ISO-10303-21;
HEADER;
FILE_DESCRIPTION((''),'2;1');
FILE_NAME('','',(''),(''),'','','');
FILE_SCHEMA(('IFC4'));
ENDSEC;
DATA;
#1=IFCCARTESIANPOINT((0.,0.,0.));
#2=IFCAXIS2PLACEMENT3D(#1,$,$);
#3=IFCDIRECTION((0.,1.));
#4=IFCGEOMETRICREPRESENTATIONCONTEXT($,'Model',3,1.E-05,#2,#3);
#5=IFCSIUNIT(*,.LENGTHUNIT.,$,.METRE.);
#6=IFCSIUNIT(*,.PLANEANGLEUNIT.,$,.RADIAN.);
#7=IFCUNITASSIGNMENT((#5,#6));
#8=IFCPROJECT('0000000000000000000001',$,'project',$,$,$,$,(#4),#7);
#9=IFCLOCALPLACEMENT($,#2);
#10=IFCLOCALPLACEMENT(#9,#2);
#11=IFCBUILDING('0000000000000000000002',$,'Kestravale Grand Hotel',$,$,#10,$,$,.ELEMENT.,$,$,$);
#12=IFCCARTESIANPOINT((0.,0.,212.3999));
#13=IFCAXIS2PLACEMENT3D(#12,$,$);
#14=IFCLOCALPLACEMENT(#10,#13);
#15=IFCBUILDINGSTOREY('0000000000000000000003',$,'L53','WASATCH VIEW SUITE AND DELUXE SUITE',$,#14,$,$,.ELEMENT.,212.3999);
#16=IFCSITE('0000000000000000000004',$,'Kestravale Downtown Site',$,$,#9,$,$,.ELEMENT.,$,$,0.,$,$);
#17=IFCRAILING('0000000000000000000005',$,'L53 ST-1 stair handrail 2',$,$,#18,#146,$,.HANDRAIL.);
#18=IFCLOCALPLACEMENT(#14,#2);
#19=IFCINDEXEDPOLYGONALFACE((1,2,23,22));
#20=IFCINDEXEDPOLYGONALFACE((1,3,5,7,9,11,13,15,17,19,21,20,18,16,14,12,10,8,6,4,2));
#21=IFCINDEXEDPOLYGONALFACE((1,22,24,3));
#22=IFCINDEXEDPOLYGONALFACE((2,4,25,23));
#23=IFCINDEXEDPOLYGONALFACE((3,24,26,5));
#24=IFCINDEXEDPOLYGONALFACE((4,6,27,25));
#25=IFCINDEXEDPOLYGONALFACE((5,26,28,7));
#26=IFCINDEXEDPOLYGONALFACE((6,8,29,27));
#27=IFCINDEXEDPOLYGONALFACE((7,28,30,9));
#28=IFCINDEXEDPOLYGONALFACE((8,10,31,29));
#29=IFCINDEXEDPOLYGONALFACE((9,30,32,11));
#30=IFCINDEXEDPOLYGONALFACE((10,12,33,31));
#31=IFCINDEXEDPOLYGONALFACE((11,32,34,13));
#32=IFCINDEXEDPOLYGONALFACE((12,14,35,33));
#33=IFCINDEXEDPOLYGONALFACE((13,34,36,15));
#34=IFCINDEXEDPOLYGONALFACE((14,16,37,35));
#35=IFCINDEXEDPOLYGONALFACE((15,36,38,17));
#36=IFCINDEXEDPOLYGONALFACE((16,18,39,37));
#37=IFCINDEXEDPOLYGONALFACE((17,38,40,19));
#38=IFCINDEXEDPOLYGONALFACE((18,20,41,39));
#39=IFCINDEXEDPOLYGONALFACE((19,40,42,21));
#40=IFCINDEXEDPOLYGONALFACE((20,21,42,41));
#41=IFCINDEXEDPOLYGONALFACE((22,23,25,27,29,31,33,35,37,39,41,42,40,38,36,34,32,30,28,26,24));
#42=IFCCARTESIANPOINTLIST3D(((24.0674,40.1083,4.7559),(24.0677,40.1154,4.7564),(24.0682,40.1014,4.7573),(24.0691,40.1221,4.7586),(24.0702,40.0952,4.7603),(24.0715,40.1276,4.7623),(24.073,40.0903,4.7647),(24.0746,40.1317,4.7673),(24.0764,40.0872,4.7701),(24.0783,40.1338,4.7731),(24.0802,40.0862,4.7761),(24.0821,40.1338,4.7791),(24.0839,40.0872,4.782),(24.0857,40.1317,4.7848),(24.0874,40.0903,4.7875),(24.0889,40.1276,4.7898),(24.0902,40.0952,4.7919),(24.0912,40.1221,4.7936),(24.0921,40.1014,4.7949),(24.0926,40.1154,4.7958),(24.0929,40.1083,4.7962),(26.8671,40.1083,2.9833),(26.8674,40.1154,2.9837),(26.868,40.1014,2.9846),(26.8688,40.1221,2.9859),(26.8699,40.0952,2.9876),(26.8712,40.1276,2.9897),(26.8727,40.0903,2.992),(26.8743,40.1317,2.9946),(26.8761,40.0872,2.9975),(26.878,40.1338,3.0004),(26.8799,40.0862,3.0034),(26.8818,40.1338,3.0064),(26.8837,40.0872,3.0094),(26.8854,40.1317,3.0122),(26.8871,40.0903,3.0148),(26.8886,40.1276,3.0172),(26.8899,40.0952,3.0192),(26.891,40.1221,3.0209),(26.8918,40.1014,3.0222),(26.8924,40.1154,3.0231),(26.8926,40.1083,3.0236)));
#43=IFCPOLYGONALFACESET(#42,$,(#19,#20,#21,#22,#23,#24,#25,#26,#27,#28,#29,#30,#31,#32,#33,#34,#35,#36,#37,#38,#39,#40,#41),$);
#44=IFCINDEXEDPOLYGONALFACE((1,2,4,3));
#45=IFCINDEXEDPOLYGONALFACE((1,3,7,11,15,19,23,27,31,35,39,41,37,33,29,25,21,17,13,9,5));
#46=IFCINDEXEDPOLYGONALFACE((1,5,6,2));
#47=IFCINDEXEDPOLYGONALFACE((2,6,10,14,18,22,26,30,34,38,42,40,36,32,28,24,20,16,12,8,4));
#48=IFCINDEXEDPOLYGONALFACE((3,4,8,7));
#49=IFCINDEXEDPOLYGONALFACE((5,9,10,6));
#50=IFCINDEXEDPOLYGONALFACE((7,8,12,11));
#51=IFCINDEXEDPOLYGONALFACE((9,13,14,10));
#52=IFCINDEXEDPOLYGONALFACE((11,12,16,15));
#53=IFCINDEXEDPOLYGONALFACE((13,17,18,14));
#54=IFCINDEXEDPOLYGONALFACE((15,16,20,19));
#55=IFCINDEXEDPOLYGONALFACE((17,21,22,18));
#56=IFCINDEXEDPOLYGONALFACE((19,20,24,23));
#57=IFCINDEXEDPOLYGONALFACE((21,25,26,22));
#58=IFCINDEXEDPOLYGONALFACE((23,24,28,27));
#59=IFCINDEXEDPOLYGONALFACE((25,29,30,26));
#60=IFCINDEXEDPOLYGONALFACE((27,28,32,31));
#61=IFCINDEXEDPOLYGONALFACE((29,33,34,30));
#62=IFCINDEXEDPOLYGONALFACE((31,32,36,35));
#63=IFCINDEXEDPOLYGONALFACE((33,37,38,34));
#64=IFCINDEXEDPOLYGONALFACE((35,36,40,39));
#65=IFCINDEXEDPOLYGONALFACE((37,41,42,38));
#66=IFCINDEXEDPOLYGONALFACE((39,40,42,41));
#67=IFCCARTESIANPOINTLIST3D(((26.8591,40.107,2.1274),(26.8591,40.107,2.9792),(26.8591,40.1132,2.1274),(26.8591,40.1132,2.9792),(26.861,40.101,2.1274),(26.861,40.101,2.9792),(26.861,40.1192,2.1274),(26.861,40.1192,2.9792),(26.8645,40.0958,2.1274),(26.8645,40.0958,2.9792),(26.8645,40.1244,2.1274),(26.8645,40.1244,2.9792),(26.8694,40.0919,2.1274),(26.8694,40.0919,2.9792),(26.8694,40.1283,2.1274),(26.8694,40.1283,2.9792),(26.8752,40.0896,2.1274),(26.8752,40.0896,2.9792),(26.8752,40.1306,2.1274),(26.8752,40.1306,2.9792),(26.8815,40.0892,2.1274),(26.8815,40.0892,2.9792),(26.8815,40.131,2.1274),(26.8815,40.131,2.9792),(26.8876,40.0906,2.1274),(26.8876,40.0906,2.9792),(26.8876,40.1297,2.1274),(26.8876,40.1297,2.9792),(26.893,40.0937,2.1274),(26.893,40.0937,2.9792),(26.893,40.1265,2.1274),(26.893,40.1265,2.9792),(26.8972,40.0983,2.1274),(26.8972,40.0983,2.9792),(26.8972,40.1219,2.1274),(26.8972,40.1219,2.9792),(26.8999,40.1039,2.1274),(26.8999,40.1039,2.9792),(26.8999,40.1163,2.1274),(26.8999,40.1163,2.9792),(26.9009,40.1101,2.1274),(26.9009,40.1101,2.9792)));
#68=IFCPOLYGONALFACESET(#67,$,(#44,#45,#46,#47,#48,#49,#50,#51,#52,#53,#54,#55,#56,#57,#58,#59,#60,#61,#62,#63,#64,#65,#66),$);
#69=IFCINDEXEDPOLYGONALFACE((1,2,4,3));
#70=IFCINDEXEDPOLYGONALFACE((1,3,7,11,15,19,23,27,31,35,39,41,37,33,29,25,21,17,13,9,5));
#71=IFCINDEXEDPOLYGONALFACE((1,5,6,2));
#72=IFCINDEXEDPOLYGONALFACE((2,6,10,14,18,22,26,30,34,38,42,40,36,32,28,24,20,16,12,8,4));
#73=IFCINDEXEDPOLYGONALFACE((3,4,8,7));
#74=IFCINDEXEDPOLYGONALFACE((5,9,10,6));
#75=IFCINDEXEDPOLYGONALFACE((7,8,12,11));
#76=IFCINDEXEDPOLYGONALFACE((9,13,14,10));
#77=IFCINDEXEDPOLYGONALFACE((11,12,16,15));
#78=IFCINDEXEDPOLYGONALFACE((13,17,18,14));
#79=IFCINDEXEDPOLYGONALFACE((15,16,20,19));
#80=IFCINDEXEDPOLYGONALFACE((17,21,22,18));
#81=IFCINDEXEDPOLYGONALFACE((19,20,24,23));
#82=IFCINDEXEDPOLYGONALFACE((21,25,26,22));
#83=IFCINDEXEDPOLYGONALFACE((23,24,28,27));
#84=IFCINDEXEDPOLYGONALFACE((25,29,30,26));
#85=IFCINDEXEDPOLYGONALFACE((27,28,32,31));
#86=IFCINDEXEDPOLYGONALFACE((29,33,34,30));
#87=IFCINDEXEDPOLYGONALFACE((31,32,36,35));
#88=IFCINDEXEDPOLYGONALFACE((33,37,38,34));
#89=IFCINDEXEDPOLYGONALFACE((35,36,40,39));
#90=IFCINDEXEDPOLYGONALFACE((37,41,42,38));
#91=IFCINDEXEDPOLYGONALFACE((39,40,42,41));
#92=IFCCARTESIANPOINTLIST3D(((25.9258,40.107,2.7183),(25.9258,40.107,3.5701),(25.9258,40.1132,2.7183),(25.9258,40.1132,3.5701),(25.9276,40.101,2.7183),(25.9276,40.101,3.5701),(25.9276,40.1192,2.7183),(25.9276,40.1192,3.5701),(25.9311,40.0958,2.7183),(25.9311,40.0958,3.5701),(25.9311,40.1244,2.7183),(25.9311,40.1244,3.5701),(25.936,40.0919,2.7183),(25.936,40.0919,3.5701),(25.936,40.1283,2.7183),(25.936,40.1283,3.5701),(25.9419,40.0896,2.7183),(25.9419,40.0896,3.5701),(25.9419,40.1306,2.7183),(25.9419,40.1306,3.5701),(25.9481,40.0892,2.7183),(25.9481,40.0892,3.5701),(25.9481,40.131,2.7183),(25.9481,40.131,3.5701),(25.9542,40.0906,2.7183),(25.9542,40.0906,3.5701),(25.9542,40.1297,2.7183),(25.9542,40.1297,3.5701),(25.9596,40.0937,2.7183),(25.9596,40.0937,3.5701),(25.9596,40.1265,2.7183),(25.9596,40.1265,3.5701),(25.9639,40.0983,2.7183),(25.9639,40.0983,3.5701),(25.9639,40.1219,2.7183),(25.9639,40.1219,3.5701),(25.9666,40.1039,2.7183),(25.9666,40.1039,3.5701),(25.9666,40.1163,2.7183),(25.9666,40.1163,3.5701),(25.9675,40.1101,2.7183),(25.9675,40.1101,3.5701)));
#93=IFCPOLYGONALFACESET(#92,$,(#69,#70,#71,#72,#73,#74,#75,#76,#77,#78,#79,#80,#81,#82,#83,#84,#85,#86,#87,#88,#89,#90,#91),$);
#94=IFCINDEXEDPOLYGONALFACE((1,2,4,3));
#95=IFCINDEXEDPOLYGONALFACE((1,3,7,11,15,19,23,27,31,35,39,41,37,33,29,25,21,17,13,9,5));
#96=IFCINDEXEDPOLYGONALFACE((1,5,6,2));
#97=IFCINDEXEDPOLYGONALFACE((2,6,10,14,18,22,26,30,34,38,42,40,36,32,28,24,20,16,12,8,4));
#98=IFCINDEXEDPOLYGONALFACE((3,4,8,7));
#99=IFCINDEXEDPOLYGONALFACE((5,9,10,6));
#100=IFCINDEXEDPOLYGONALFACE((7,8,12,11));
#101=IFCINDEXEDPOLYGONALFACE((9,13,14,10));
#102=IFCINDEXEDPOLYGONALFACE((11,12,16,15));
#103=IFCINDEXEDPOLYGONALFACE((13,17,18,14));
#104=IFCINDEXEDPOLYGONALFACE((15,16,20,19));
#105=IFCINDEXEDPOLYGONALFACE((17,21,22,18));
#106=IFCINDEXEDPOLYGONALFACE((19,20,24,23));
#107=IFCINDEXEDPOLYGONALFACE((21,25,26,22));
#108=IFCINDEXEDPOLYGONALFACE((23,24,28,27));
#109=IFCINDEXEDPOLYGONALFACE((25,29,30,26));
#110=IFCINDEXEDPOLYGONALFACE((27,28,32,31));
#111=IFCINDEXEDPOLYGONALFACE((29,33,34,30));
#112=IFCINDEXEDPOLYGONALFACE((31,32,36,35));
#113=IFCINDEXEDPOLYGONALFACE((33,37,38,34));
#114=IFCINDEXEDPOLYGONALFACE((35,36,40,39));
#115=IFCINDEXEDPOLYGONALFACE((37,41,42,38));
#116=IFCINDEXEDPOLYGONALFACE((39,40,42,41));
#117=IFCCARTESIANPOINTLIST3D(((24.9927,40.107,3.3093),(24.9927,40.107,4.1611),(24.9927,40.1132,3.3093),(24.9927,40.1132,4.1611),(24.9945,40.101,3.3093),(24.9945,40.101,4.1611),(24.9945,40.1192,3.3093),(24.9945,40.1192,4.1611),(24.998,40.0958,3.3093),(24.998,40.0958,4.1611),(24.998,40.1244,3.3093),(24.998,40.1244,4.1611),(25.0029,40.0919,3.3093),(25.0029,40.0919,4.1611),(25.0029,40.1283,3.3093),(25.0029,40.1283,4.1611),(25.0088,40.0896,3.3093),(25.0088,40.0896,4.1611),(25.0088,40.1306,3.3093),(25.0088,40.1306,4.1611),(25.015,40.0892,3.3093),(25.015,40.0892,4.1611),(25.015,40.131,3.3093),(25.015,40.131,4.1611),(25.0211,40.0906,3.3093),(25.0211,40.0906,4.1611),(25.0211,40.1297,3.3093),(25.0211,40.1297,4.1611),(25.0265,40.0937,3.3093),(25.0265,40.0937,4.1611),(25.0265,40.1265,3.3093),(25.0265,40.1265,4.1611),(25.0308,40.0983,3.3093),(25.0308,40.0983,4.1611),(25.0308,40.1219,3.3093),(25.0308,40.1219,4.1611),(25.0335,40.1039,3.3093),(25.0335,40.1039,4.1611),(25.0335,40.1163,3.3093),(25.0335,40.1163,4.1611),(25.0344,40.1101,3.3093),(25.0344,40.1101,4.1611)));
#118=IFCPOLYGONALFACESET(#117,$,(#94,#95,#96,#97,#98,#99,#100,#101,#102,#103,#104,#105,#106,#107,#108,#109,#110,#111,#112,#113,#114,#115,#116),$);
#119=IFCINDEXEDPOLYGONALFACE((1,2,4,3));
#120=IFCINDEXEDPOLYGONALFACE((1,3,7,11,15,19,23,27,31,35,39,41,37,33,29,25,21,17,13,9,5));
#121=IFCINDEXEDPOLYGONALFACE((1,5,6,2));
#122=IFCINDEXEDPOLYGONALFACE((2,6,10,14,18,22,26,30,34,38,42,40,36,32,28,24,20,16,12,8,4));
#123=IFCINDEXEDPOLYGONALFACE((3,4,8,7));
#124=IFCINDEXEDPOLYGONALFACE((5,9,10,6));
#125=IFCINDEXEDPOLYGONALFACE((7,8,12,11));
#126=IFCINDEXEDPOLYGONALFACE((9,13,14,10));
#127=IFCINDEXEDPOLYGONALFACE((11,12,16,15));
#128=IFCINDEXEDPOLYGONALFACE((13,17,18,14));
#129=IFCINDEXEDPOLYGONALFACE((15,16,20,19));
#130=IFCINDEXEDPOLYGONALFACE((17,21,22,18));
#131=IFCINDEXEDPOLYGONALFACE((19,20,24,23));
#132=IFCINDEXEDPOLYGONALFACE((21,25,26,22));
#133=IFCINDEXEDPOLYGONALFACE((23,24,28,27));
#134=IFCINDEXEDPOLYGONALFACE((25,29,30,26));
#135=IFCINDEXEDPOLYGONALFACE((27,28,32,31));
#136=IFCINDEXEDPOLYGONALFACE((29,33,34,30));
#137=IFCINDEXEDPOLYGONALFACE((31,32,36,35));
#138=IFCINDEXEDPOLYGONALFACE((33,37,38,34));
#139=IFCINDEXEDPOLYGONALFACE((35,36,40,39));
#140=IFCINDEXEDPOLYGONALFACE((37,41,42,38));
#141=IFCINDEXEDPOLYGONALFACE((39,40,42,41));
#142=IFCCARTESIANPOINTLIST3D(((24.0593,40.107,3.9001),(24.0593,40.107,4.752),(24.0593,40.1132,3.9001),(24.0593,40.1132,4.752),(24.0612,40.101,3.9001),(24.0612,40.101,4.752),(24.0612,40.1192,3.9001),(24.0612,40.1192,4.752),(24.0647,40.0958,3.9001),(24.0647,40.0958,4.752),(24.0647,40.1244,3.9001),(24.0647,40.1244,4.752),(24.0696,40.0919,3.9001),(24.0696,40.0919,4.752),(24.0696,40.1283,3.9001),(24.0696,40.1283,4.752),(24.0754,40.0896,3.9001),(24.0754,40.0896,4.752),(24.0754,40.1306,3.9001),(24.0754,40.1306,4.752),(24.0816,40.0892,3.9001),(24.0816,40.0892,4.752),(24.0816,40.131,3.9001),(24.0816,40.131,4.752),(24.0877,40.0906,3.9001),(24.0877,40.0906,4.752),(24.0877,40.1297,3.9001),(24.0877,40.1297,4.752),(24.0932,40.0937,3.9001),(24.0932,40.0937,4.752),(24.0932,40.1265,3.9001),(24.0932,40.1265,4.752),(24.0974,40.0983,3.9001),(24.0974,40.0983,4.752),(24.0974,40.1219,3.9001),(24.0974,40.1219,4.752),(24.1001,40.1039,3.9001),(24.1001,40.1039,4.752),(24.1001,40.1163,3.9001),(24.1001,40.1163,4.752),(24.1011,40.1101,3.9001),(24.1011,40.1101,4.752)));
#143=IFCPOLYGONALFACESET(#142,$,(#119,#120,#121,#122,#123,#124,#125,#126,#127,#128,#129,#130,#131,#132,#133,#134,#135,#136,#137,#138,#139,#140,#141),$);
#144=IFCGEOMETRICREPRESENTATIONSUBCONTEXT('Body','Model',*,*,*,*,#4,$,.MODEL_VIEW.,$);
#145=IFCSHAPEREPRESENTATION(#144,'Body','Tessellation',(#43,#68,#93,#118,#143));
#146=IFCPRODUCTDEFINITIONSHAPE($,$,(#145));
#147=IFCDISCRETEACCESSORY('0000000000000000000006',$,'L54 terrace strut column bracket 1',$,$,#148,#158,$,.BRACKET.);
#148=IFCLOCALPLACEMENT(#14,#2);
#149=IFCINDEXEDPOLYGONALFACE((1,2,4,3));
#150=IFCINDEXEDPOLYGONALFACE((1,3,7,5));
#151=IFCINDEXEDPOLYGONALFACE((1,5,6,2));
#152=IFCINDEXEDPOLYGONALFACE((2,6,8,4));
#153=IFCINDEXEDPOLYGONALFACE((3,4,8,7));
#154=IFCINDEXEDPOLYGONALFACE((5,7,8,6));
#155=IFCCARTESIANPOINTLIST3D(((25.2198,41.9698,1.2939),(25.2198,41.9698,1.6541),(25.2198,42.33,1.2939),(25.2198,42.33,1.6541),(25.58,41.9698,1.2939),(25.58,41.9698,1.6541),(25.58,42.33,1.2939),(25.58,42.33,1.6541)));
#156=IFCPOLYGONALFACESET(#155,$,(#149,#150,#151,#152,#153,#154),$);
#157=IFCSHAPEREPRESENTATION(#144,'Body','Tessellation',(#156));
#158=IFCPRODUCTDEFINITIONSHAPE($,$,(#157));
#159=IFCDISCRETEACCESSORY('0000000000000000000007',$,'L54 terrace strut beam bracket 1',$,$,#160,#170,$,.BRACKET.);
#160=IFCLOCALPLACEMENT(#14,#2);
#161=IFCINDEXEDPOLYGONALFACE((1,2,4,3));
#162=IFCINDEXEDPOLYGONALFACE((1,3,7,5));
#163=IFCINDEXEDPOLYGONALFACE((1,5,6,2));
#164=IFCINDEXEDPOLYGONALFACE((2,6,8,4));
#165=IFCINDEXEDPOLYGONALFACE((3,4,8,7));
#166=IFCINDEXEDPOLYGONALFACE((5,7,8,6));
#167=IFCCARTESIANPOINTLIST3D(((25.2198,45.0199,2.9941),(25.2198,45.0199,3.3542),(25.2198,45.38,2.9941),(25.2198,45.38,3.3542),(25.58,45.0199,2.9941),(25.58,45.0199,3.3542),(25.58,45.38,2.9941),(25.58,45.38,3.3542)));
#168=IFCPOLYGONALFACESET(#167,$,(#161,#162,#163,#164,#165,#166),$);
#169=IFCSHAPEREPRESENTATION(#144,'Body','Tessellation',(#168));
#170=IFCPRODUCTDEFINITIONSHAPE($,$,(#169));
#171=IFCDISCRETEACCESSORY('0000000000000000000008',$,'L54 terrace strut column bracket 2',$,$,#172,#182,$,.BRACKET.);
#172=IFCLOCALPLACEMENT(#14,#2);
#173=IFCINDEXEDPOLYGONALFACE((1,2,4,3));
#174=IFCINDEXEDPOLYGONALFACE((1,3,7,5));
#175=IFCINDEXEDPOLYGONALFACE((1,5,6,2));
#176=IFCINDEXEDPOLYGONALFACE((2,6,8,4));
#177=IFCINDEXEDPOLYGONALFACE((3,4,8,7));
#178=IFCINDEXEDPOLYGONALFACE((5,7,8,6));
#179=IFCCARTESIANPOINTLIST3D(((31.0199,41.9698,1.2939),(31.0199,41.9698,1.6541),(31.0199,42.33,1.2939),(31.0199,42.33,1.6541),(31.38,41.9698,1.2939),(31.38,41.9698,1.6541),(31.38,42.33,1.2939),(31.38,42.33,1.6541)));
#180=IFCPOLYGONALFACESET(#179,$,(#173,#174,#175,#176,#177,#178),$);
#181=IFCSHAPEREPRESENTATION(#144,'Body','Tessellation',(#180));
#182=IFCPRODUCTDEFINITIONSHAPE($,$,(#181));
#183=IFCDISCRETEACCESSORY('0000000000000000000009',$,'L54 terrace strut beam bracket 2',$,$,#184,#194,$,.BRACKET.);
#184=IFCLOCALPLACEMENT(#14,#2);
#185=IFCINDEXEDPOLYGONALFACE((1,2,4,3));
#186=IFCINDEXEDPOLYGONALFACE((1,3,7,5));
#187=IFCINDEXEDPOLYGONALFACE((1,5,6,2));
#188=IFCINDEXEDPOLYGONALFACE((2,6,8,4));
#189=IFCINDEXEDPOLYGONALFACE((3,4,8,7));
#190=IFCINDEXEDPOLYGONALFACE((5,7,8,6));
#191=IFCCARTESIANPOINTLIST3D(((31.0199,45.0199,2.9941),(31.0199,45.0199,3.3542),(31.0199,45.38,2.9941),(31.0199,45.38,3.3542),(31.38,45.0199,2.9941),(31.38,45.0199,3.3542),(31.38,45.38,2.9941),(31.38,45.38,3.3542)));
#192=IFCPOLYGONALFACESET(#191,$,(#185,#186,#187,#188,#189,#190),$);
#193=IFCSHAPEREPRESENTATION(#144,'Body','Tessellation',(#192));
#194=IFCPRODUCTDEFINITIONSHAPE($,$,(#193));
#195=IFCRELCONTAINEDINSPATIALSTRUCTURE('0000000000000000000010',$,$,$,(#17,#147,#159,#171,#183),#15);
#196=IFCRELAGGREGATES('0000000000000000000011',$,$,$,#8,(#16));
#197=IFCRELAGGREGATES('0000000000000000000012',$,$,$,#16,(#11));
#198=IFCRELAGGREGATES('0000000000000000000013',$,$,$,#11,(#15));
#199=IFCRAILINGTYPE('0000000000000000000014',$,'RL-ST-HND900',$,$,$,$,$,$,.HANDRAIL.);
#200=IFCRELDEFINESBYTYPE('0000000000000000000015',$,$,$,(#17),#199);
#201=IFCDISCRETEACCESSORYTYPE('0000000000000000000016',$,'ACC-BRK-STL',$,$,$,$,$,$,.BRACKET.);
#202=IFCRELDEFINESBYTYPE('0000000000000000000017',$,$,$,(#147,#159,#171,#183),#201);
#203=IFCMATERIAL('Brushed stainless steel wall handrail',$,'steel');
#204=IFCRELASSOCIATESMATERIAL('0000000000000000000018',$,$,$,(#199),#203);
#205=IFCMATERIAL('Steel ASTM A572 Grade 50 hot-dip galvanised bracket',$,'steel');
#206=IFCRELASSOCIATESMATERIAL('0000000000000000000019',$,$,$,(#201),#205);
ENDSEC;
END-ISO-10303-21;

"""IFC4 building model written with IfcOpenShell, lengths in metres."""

from ifc_helpers import new_model, si_unit, direction, frame, origin, origin_2d, place, context, subcontext, project, spatial, rectangle, circle, extrude, material, type_object, element, save


model = new_model("IFC4")

# Units and contexts
model_context = context("Model", 3, precision=1e-05, world=origin(), true_north=direction((0.0, 1.0)))
body_context = subcontext(model_context, "Body", "Model", "MODEL_VIEW")
ifc_project = project(units=[si_unit("LENGTHUNIT", "METRE"), si_unit("PLANEANGLEUNIT", "RADIAN")], contexts=[model_context])

# Site, building, storey
site_placement = place(None, origin())
site = spatial("IfcSite", under=ifc_project, at=site_placement, Name="Kestravale Downtown Site", CompositionType="ELEMENT", RefElevation=0.0)
building_placement = place(site_placement, origin())
building = spatial("IfcBuilding", under=site, at=building_placement, Name="Kestravale Grand Hotel", CompositionType="ELEMENT")
storey_placement = place(building_placement, frame((0.0, 0.0, 212.3999)))
storey = spatial("IfcBuildingStorey", under=building, at=storey_placement, Name="L53", Description="WASATCH VIEW SUITE AND DELUXE SUITE", CompositionType="ELEMENT", Elevation=212.3999)

# Railing
ifc_material_1 = material(Name="Brushed stainless steel wall handrail", Category="steel")
railing_type_1 = type_object("IfcRailingType", Name="RL-ST-HND900", PredefinedType="HANDRAIL", material=ifc_material_1)
railing_1_placement = place(storey_placement, frame((26.8799, 40.1101, 2.1274)))
element("IfcRailing", 1, at=railing_1_placement, inside=storey, type_object=railing_type_1, Name="L53 ST-1 stair handrail 2", PredefinedType="HANDRAIL", context=body_context, shape_type="SweptSolid", body=[
    extrude(circle(Radius=0.0239, at=origin_2d()), frame((0.0, 0.0, 0.876), z_axis=(-0.844888, 0.0, 0.534943), x_axis=(0.0, -1.0, 0.0)), (0.0, 0.0, 1.0), 3.3137),
    extrude(circle(Radius=0.021, at=origin_2d()), origin(), (0.0, 0.0, 1.0), 0.8518),
    extrude(circle(Radius=0.021, at=origin_2d()), frame((-0.9333, 0.0, 0.5908)), (0.0, 0.0, 1.0), 0.8518),
    extrude(circle(Radius=0.021, at=origin_2d()), frame((-1.8665, 0.0, 1.1819)), (0.0, 0.0, 1.0), 0.8518),
    extrude(circle(Radius=0.021, at=origin_2d()), frame((-2.7998, 0.0, 1.7727)), (0.0, 0.0, 1.0), 0.8518),
])

# Discrete accessories
ifc_material_2 = material(Name="Steel ASTM A572 Grade 50 hot-dip galvanised bracket", Category="steel")
discrete_accessory_type = type_object("IfcDiscreteAccessoryType", Name="ACC-BRK-STL", PredefinedType="BRACKET", material=ifc_material_2)
for number, where, z_axis, x_axis, name in (
    (2, (25.3999, 42.1499, 1.2939), (0.0, 0.0, 1.0), (1.0, 0.0, 0.0), "L54 terrace strut column bracket 1"),
    (3, (25.3999, 45.2, 2.9941), (0.0, 0.0, 1.0), (1.0, 0.0, 0.0), "L54 terrace strut beam bracket 1"),
    (4, (31.2, 42.1499, 1.2939), (0.0, 0.0, 1.0), (1.0, 0.0, 0.0), "L54 terrace strut column bracket 2"),
    (5, (31.2, 45.2, 2.9941), (0.0, 0.0, 1.0), (1.0, 0.0, 0.0), "L54 terrace strut beam bracket 2"),
):
    element("IfcDiscreteAccessory", number, at=place(storey_placement, frame(where, z_axis=z_axis, x_axis=x_axis)), inside=storey, type_object=discrete_accessory_type, Name=name, PredefinedType="BRACKET", context=body_context, shape_type="SweptSolid", body=[
        extrude(rectangle(XDim=0.3601, YDim=0.3601, at=origin_2d()), origin(), (0.0, 0.0, 1.0), 0.3601),
    ])

save(model, "model.ifc")
